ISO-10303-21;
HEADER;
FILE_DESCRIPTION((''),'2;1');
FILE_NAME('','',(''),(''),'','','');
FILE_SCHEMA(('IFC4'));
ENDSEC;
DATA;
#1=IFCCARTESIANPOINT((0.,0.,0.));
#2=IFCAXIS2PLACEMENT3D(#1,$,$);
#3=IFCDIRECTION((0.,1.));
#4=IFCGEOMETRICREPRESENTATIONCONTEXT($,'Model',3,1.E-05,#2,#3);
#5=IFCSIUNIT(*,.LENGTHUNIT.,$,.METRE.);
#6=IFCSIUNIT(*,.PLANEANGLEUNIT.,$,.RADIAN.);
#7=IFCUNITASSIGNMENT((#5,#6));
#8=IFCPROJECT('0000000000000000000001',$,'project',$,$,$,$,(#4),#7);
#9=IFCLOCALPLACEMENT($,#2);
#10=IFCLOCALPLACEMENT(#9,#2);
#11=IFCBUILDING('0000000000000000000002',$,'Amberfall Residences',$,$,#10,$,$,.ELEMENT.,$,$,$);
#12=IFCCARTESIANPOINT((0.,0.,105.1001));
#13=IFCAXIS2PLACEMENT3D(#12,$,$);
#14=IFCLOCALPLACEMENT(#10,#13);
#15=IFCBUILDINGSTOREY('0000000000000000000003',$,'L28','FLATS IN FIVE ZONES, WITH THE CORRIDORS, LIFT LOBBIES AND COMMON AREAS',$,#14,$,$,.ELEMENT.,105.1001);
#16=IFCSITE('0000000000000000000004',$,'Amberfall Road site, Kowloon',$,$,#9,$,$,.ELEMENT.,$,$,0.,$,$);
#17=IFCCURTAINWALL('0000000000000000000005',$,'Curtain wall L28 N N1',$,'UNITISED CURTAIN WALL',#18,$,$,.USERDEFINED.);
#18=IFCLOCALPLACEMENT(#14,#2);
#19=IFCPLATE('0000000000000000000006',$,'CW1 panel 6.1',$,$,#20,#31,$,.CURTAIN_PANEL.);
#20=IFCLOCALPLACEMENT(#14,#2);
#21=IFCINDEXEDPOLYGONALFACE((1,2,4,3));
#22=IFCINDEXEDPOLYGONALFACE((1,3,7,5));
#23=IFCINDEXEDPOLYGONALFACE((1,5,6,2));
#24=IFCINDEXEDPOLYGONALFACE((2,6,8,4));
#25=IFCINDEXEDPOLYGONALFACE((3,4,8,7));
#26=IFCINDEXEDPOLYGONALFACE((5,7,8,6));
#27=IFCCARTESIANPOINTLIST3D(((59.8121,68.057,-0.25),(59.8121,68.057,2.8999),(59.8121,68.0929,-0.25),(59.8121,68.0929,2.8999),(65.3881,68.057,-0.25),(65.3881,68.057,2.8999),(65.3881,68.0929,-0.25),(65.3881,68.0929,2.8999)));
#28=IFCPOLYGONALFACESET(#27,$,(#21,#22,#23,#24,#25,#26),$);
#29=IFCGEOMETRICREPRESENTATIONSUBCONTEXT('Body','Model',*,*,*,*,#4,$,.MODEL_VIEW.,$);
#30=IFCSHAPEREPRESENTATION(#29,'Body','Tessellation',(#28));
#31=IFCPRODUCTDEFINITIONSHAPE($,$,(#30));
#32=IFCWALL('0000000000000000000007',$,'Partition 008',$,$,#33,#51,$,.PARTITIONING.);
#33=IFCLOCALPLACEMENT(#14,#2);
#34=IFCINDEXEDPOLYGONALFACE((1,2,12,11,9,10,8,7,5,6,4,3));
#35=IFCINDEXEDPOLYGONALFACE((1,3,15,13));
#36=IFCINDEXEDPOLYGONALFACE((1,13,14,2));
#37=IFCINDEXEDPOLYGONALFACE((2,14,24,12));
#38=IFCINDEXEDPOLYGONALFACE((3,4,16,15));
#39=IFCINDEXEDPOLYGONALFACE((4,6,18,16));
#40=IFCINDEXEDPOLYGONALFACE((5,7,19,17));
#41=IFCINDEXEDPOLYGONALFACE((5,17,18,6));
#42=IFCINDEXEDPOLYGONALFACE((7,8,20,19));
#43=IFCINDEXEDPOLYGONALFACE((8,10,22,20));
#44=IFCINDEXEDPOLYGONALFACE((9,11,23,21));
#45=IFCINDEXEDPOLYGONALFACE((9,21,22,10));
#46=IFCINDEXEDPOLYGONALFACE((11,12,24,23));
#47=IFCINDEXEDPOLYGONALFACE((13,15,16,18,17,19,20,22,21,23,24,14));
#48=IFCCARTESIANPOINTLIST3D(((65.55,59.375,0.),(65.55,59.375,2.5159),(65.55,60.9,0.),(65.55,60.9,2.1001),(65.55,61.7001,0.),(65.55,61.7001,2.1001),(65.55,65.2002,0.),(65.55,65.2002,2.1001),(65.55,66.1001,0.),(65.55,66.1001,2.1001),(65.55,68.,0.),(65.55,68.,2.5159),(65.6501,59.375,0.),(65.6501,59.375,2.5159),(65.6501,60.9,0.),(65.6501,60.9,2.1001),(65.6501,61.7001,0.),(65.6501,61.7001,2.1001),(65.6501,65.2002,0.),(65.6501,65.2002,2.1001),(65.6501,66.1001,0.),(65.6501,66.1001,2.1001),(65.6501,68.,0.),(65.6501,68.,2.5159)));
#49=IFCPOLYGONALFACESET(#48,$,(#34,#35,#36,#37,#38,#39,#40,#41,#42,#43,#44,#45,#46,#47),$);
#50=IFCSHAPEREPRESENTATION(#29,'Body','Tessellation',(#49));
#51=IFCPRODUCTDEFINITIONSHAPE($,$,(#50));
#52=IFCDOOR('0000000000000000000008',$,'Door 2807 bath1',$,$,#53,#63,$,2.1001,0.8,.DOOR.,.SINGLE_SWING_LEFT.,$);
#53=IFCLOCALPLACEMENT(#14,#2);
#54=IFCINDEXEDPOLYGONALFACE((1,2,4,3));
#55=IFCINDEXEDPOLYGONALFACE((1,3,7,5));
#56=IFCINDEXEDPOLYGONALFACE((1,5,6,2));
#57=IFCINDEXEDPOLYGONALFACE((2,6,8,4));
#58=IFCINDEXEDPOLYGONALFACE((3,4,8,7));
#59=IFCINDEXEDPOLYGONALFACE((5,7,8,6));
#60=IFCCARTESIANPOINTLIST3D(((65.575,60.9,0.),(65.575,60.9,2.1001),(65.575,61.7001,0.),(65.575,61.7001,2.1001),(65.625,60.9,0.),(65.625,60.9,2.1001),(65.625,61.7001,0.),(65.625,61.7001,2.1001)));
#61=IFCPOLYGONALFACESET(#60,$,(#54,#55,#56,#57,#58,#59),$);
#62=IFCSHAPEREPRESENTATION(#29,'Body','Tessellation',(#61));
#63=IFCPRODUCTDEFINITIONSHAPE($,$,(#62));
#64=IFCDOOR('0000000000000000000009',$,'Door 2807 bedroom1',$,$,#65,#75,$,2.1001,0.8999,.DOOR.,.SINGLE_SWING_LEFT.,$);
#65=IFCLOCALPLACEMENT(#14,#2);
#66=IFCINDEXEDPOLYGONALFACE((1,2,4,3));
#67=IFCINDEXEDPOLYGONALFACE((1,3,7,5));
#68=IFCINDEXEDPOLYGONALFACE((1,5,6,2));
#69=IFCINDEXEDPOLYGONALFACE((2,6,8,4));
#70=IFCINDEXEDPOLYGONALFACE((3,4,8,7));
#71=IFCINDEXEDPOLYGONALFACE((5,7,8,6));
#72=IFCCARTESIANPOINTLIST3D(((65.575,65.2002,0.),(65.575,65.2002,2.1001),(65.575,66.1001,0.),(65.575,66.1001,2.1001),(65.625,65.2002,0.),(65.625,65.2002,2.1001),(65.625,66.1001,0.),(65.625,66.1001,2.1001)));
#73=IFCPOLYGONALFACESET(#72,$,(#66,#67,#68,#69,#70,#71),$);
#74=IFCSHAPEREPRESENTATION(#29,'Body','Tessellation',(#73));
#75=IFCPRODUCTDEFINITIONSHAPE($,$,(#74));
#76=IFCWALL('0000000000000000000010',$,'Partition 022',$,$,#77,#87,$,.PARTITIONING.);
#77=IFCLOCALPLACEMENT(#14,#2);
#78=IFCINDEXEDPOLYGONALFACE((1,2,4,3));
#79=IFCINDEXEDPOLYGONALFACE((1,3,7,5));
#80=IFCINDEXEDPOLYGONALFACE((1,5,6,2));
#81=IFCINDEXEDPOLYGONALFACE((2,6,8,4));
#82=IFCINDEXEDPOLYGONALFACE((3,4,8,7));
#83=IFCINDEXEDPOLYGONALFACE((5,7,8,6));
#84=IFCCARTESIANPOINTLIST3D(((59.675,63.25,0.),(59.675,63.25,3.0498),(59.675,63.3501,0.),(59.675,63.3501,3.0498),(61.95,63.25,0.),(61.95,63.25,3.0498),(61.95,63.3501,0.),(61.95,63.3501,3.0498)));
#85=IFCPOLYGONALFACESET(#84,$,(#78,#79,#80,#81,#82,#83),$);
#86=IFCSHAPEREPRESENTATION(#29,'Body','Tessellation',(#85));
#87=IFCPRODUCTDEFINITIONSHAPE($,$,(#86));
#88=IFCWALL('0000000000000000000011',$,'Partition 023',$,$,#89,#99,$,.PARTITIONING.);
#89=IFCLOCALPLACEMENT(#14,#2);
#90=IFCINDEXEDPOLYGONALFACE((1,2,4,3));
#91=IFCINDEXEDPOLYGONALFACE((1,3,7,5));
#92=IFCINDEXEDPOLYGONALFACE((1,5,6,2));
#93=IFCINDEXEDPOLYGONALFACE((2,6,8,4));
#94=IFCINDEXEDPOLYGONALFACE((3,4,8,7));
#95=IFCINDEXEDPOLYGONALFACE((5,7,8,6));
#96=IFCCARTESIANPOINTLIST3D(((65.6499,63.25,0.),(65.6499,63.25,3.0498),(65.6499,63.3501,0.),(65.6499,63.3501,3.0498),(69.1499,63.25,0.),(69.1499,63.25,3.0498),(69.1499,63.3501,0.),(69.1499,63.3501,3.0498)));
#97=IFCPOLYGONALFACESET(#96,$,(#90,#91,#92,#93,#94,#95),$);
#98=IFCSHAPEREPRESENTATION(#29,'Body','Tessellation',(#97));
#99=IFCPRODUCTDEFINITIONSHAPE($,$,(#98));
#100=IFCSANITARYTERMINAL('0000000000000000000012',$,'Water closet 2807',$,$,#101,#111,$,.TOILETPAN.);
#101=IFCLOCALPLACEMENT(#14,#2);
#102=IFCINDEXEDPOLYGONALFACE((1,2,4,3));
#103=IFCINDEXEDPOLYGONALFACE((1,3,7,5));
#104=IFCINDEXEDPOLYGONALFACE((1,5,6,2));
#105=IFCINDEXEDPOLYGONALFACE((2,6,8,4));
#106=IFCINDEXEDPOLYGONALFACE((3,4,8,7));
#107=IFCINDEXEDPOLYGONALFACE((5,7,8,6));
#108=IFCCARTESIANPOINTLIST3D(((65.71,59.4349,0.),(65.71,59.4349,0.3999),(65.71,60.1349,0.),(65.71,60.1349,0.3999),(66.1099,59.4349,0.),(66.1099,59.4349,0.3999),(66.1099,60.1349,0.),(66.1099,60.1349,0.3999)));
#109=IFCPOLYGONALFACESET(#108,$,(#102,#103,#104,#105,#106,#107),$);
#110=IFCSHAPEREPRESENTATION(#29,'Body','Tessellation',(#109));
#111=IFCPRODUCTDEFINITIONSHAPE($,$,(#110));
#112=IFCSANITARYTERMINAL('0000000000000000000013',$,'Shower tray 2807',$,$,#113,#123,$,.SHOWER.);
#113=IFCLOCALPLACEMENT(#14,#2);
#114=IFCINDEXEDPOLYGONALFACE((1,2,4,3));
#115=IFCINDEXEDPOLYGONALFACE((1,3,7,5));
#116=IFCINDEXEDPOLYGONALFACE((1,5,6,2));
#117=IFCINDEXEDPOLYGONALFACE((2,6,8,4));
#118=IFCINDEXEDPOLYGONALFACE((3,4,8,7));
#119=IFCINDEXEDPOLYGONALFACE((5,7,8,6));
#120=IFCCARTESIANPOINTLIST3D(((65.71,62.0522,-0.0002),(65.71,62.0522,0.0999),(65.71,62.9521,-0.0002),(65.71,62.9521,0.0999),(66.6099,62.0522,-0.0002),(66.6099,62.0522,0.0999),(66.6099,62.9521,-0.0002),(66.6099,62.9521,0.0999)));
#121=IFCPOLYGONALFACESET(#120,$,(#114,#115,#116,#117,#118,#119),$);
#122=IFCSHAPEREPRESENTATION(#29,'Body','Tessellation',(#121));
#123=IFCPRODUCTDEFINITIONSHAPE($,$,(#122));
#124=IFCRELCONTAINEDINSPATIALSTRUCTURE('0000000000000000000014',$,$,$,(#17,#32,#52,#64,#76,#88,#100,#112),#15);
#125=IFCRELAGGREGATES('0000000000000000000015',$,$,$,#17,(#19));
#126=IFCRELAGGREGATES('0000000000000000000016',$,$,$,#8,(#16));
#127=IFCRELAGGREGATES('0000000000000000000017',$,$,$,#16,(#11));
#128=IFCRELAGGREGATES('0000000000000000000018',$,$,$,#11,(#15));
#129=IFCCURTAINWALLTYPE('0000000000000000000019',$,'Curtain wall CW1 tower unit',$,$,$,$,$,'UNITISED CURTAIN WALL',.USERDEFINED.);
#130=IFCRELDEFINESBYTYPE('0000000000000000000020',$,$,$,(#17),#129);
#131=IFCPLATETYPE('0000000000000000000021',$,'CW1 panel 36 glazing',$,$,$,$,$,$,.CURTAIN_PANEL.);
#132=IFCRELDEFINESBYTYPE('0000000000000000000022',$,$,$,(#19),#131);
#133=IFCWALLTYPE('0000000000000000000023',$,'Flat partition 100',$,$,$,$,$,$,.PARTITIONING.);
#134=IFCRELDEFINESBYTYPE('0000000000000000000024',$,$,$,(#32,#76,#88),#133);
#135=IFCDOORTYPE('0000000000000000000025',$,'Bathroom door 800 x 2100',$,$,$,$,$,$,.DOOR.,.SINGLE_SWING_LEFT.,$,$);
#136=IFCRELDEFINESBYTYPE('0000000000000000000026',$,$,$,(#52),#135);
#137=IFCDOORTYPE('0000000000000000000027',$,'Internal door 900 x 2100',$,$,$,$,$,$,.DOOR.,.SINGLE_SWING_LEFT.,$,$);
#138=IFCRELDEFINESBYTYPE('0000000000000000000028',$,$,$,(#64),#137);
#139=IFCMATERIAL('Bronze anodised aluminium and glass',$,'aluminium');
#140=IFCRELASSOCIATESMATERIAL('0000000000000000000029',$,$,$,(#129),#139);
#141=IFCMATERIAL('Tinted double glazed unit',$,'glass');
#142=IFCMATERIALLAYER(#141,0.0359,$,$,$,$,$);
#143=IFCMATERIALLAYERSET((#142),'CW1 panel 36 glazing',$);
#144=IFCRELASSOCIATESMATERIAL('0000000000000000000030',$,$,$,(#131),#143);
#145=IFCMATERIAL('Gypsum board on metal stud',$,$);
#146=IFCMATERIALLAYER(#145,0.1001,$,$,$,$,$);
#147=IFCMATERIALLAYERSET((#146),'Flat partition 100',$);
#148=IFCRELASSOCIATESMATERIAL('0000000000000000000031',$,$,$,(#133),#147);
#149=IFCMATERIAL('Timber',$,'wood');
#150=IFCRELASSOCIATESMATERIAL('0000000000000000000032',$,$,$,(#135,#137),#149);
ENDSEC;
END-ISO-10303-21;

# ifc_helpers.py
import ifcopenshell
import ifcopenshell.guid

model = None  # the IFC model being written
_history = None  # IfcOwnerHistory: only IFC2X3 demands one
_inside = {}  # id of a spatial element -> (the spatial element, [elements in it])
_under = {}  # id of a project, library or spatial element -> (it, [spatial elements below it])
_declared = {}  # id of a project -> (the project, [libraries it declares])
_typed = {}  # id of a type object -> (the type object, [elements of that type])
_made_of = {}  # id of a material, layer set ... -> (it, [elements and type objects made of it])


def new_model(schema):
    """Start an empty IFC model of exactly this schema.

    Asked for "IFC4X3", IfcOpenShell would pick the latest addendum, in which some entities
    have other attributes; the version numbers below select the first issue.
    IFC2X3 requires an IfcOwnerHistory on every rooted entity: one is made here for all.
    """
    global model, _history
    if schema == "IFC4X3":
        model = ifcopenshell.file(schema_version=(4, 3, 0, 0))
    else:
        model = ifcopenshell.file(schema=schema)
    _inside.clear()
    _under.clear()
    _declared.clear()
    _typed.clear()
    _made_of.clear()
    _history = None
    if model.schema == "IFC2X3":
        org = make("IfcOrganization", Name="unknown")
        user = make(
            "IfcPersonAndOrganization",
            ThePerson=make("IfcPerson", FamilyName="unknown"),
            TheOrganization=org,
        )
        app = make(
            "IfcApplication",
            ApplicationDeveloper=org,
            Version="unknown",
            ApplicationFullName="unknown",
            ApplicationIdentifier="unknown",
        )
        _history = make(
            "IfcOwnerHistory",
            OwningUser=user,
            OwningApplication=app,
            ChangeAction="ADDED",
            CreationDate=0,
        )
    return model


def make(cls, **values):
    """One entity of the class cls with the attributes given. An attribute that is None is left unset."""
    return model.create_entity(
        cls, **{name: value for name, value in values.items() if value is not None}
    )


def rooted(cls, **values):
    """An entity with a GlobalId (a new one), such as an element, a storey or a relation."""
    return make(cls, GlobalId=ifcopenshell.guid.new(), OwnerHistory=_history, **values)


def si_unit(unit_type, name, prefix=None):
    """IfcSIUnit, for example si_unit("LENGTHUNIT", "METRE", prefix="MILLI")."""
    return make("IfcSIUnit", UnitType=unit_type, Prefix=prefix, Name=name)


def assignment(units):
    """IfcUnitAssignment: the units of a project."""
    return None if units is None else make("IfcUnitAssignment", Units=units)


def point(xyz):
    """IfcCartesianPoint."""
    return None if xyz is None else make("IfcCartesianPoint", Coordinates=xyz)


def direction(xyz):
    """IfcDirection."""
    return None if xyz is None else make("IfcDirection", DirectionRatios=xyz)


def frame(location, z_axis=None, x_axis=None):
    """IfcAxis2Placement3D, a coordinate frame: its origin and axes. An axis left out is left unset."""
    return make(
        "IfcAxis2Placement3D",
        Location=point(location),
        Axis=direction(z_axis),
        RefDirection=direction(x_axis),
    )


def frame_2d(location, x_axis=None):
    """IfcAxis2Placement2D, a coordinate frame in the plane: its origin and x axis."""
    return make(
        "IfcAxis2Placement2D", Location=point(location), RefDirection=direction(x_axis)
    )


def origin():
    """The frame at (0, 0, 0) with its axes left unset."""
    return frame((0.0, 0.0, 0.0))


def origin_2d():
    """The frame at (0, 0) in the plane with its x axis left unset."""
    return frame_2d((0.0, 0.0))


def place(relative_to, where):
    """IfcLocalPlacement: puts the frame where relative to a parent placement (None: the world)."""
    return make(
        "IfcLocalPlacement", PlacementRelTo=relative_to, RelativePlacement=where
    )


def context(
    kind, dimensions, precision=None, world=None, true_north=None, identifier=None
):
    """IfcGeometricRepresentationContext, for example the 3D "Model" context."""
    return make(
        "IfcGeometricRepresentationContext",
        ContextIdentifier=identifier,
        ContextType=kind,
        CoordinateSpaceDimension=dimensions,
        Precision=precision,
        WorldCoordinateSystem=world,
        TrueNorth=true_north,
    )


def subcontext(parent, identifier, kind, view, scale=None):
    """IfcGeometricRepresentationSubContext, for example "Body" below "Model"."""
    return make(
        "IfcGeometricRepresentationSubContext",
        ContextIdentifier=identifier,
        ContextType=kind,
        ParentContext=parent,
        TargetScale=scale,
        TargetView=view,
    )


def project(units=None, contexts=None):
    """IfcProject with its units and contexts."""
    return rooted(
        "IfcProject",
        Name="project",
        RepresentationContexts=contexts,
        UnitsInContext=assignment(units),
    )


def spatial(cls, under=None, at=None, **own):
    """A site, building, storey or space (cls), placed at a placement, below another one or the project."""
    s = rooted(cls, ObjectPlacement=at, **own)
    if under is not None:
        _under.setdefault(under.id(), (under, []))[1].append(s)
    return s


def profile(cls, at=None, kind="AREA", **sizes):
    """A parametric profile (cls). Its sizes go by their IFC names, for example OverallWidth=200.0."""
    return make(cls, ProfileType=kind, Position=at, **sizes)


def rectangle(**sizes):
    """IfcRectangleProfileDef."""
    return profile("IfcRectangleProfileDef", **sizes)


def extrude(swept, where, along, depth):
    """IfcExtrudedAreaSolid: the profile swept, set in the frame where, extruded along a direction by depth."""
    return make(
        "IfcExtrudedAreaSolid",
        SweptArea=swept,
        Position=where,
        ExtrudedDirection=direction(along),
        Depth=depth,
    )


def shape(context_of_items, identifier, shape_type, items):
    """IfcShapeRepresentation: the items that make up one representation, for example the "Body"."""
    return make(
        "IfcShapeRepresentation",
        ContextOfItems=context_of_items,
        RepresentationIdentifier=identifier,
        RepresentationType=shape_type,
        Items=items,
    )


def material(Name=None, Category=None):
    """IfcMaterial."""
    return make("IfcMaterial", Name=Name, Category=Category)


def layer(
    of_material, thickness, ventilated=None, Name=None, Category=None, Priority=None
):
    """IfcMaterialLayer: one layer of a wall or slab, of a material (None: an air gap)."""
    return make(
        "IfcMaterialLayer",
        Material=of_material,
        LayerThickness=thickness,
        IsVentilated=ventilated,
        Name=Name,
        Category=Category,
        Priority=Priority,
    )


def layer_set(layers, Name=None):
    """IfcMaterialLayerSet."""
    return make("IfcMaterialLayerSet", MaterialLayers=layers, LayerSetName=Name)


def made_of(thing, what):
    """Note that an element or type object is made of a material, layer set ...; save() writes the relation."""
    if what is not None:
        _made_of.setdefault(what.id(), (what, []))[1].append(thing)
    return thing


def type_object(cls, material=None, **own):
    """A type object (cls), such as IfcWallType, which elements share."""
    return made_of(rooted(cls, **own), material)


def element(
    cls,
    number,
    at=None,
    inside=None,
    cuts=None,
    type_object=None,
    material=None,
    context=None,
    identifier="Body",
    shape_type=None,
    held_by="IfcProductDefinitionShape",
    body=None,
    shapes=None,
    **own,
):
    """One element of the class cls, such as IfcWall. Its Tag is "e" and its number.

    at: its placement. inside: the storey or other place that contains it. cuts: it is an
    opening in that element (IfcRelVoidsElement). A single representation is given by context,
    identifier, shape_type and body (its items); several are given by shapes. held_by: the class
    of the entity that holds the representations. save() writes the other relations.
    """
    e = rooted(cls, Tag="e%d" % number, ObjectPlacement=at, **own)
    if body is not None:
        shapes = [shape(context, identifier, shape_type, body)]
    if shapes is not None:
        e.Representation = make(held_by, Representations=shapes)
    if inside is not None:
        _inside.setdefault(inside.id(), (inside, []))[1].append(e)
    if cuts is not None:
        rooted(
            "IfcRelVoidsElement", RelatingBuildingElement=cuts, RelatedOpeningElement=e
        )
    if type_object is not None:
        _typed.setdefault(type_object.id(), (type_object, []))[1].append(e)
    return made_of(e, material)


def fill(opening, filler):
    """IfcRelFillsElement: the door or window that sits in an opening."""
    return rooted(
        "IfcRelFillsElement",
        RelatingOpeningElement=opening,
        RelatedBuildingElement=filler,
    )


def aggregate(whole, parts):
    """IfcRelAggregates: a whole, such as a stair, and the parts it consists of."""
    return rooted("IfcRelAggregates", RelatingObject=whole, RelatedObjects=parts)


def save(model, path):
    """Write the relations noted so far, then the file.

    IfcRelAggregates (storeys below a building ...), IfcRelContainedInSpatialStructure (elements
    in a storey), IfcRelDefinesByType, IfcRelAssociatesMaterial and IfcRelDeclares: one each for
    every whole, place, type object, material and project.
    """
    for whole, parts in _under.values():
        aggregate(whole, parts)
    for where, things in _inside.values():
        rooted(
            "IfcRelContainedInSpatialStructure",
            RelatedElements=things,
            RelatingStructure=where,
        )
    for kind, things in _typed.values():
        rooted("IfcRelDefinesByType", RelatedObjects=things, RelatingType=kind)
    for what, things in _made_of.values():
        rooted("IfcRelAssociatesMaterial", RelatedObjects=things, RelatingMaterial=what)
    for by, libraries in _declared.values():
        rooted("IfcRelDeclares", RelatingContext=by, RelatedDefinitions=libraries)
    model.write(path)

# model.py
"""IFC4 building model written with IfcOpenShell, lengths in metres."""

from ifc_helpers import new_model, si_unit, direction, frame, frame_2d, origin, origin_2d, place, context, subcontext, project, spatial, rectangle, extrude, material, layer, layer_set, type_object, element, fill, aggregate, save


model = new_model("IFC4")

# Units and contexts
model_context = context("Model", 3, precision=1e-05, world=origin(), true_north=direction((0.0, 1.0)))
body_context = subcontext(model_context, "Body", "Model", "MODEL_VIEW")
ifc_project = project(units=[si_unit("LENGTHUNIT", "METRE"), si_unit("PLANEANGLEUNIT", "RADIAN")], contexts=[model_context])

# Site, building, storey
site_placement = place(None, origin())
site = spatial("IfcSite", under=ifc_project, at=site_placement, Name="Amberfall Road site, Kowloon", CompositionType="ELEMENT", RefElevation=0.0)
building_placement = place(site_placement, origin())
building = spatial("IfcBuilding", under=site, at=building_placement, Name="Amberfall Residences", CompositionType="ELEMENT")
storey_placement = place(building_placement, frame((0.0, 0.0, 105.1001)))
storey = spatial("IfcBuildingStorey", under=building, at=storey_placement, Name="L28", Description="FLATS IN FIVE ZONES, WITH THE CORRIDORS, LIFT LOBBIES AND COMMON AREAS", CompositionType="ELEMENT", Elevation=105.1001)

# Curtain wall
ifc_material_1 = material(Name="Bronze anodised aluminium and glass", Category="aluminium")
curtain_wall_type = type_object("IfcCurtainWallType", Name="Curtain wall CW1 tower unit", ElementType="UNITISED CURTAIN WALL", PredefinedType="USERDEFINED", material=ifc_material_1)
curtain_wall_placement = place(storey_placement, origin())
curtain_wall = element("IfcCurtainWall", 1, at=curtain_wall_placement, inside=storey, type_object=curtain_wall_type, Name="Curtain wall L28 N N1", ObjectType="UNITISED CURTAIN WALL", PredefinedType="USERDEFINED")

# Plate
ifc_material_2 = material(Name="Tinted double glazed unit", Category="glass")
ifc_layer_1 = layer(ifc_material_2, 0.0359)
ifc_layer_set_1 = layer_set([ifc_layer_1], Name="CW1 panel 36 glazing")
plate_type = type_object("IfcPlateType", Name="CW1 panel 36 glazing", PredefinedType="CURTAIN_PANEL", material=ifc_layer_set_1)
plate_1_placement = place(storey_placement, frame((62.6001, 68.075, -0.25), z_axis=(0.0, 0.0, 1.0), x_axis=(-1.0, 0.0, 0.0)))
plate_1 = element("IfcPlate", 2, at=plate_1_placement, type_object=plate_type, Name="CW1 panel 6.1", PredefinedType="CURTAIN_PANEL", context=body_context, shape_type="SweptSolid", body=[
    extrude(rectangle(XDim=5.5759, YDim=0.0359, at=origin_2d()), origin(), (0.0, 0.0, 1.0), 3.1499),
])
aggregate(curtain_wall, [plate_1])

# Wall, openings, doors
ifc_material_3 = material(Name="Gypsum board on metal stud")
ifc_layer_2 = layer(ifc_material_3, 0.1001)
ifc_layer_set_2 = layer_set([ifc_layer_2], Name="Flat partition 100")
wall_type = type_object("IfcWallType", Name="Flat partition 100", PredefinedType="PARTITIONING", material=ifc_layer_set_2)
wall_1_placement = place(storey_placement, frame((65.6001, 68.0, 0.0), z_axis=(0.0, 0.0, 1.0), x_axis=(0.0, -1.0, 0.0)))
wall_1 = element("IfcWall", 3, at=wall_1_placement, inside=storey, type_object=wall_type, Name="Partition 008", PredefinedType="PARTITIONING", context=body_context, shape_type="SweptSolid", body=[
    extrude(rectangle(XDim=8.625, YDim=0.1001, at=frame_2d((4.3125, 0.0))), origin(), (0.0, 0.0, 1.0), 2.5159),
])
opening_1_placement = place(wall_1_placement, frame((1.8999, 0.0, 0.0)))
opening_1 = element("IfcOpeningElement", 4, at=opening_1_placement, cuts=wall_1, PredefinedType="OPENING", context=body_context, shape_type="SweptSolid", body=[
    extrude(rectangle(XDim=0.8999, YDim=2.1001, at=frame_2d((0.45, 1.05))), frame((0.0, 0.0601, 0.0), z_axis=(0.0, -1.0, 0.0), x_axis=(1.0, 0.0, 0.0)), (0.0, 0.0, 1.0), 0.1201),
])
opening_2_placement = place(wall_1_placement, frame((6.3, 0.0, 0.0)))
opening_2 = element("IfcOpeningElement", 5, at=opening_2_placement, cuts=wall_1, PredefinedType="OPENING", context=body_context, shape_type="SweptSolid", body=[
    extrude(rectangle(XDim=0.8, YDim=2.1001, at=frame_2d((0.3999, 1.05))), frame((0.0, 0.0601, 0.0), z_axis=(0.0, -1.0, 0.0), x_axis=(1.0, 0.0, 0.0)), (0.0, 0.0, 1.0), 0.1201),
])
ifc_material_4 = material(Name="Timber", Category="wood")
door_type_1 = type_object("IfcDoorType", Name="Bathroom door 800 x 2100", OperationType="SINGLE_SWING_LEFT", PredefinedType="DOOR", material=ifc_material_4)
door_1_placement = place(opening_2_placement, origin())
door_1 = element("IfcDoor", 6, at=door_1_placement, inside=storey, type_object=door_type_1, Name="Door 2807 bath1", OperationType="SINGLE_SWING_LEFT", OverallHeight=2.1001, OverallWidth=0.8, PredefinedType="DOOR", context=body_context, shape_type="SweptSolid", body=[
    extrude(rectangle(XDim=0.8, YDim=2.1001, at=frame_2d((0.3999, 1.05))), frame((0.0, 0.0249, 0.0), z_axis=(0.0, -1.0, 0.0), x_axis=(1.0, 0.0, 0.0)), (0.0, 0.0, 1.0), 0.05),
])
fill(opening_2, door_1)
door_type_2 = type_object("IfcDoorType", Name="Internal door 900 x 2100", OperationType="SINGLE_SWING_LEFT", PredefinedType="DOOR", material=ifc_material_4)
door_2_placement = place(opening_1_placement, origin())
door_2 = element("IfcDoor", 7, at=door_2_placement, inside=storey, type_object=door_type_2, Name="Door 2807 bedroom1", OperationType="SINGLE_SWING_LEFT", OverallHeight=2.1001, OverallWidth=0.8999, PredefinedType="DOOR", context=body_context, shape_type="SweptSolid", body=[
    extrude(rectangle(XDim=0.8999, YDim=2.1001, at=frame_2d((0.45, 1.05))), frame((0.0, 0.0249, 0.0), z_axis=(0.0, -1.0, 0.0), x_axis=(1.0, 0.0, 0.0)), (0.0, 0.0, 1.0), 0.05),
])
fill(opening_1, door_2)

# Walls
wall_2_placement = place(storey_placement, frame((59.675, 63.3, 0.0), z_axis=(0.0, 0.0, 1.0), x_axis=(1.0, 0.0, 0.0)))
element("IfcWall", 8, at=wall_2_placement, inside=storey, type_object=wall_type, Name="Partition 022", PredefinedType="PARTITIONING", context=body_context, shape_type="SweptSolid", body=[
    extrude(rectangle(XDim=2.2749, YDim=0.1001, at=frame_2d((1.1375, 0.0))), origin(), (0.0, 0.0, 1.0), 3.0498),
])
wall_3_placement = place(storey_placement, frame((65.6499, 63.3, 0.0), z_axis=(0.0, 0.0, 1.0), x_axis=(1.0, 0.0, 0.0)))
element("IfcWall", 9, at=wall_3_placement, inside=storey, type_object=wall_type, Name="Partition 023", PredefinedType="PARTITIONING", context=body_context, shape_type="SweptSolid", body=[
    extrude(rectangle(XDim=3.5, YDim=0.1001, at=frame_2d((1.75, 0.0))), origin(), (0.0, 0.0, 1.0), 3.0498),
])

# Sanitary terminals
sanitary_terminal_1_placement = place(storey_placement, frame((65.9099, 59.7849, 0.0), z_axis=(0.0, 0.0, 1.0), x_axis=(1.0, 0.0, 0.0)))
element("IfcSanitaryTerminal", 10, at=sanitary_terminal_1_placement, inside=storey, Name="Water closet 2807", PredefinedType="TOILETPAN", context=body_context, shape_type="SweptSolid", body=[
    extrude(rectangle(XDim=0.3999, YDim=0.7, at=origin_2d()), origin(), (0.0, 0.0, 1.0), 0.3999),
])
sanitary_terminal_2_placement = place(storey_placement, frame((66.1599, 62.5022, -0.0002), z_axis=(0.0, 0.0, 1.0), x_axis=(1.0, 0.0, 0.0)))
element("IfcSanitaryTerminal", 11, at=sanitary_terminal_2_placement, inside=storey, Name="Shower tray 2807", PredefinedType="SHOWER", context=body_context, shape_type="SweptSolid", body=[
    extrude(rectangle(XDim=0.8999, YDim=0.8999, at=origin_2d()), origin(), (0.0, 0.0, 1.0), 0.1001),
])

save(model, "model.ifc")
